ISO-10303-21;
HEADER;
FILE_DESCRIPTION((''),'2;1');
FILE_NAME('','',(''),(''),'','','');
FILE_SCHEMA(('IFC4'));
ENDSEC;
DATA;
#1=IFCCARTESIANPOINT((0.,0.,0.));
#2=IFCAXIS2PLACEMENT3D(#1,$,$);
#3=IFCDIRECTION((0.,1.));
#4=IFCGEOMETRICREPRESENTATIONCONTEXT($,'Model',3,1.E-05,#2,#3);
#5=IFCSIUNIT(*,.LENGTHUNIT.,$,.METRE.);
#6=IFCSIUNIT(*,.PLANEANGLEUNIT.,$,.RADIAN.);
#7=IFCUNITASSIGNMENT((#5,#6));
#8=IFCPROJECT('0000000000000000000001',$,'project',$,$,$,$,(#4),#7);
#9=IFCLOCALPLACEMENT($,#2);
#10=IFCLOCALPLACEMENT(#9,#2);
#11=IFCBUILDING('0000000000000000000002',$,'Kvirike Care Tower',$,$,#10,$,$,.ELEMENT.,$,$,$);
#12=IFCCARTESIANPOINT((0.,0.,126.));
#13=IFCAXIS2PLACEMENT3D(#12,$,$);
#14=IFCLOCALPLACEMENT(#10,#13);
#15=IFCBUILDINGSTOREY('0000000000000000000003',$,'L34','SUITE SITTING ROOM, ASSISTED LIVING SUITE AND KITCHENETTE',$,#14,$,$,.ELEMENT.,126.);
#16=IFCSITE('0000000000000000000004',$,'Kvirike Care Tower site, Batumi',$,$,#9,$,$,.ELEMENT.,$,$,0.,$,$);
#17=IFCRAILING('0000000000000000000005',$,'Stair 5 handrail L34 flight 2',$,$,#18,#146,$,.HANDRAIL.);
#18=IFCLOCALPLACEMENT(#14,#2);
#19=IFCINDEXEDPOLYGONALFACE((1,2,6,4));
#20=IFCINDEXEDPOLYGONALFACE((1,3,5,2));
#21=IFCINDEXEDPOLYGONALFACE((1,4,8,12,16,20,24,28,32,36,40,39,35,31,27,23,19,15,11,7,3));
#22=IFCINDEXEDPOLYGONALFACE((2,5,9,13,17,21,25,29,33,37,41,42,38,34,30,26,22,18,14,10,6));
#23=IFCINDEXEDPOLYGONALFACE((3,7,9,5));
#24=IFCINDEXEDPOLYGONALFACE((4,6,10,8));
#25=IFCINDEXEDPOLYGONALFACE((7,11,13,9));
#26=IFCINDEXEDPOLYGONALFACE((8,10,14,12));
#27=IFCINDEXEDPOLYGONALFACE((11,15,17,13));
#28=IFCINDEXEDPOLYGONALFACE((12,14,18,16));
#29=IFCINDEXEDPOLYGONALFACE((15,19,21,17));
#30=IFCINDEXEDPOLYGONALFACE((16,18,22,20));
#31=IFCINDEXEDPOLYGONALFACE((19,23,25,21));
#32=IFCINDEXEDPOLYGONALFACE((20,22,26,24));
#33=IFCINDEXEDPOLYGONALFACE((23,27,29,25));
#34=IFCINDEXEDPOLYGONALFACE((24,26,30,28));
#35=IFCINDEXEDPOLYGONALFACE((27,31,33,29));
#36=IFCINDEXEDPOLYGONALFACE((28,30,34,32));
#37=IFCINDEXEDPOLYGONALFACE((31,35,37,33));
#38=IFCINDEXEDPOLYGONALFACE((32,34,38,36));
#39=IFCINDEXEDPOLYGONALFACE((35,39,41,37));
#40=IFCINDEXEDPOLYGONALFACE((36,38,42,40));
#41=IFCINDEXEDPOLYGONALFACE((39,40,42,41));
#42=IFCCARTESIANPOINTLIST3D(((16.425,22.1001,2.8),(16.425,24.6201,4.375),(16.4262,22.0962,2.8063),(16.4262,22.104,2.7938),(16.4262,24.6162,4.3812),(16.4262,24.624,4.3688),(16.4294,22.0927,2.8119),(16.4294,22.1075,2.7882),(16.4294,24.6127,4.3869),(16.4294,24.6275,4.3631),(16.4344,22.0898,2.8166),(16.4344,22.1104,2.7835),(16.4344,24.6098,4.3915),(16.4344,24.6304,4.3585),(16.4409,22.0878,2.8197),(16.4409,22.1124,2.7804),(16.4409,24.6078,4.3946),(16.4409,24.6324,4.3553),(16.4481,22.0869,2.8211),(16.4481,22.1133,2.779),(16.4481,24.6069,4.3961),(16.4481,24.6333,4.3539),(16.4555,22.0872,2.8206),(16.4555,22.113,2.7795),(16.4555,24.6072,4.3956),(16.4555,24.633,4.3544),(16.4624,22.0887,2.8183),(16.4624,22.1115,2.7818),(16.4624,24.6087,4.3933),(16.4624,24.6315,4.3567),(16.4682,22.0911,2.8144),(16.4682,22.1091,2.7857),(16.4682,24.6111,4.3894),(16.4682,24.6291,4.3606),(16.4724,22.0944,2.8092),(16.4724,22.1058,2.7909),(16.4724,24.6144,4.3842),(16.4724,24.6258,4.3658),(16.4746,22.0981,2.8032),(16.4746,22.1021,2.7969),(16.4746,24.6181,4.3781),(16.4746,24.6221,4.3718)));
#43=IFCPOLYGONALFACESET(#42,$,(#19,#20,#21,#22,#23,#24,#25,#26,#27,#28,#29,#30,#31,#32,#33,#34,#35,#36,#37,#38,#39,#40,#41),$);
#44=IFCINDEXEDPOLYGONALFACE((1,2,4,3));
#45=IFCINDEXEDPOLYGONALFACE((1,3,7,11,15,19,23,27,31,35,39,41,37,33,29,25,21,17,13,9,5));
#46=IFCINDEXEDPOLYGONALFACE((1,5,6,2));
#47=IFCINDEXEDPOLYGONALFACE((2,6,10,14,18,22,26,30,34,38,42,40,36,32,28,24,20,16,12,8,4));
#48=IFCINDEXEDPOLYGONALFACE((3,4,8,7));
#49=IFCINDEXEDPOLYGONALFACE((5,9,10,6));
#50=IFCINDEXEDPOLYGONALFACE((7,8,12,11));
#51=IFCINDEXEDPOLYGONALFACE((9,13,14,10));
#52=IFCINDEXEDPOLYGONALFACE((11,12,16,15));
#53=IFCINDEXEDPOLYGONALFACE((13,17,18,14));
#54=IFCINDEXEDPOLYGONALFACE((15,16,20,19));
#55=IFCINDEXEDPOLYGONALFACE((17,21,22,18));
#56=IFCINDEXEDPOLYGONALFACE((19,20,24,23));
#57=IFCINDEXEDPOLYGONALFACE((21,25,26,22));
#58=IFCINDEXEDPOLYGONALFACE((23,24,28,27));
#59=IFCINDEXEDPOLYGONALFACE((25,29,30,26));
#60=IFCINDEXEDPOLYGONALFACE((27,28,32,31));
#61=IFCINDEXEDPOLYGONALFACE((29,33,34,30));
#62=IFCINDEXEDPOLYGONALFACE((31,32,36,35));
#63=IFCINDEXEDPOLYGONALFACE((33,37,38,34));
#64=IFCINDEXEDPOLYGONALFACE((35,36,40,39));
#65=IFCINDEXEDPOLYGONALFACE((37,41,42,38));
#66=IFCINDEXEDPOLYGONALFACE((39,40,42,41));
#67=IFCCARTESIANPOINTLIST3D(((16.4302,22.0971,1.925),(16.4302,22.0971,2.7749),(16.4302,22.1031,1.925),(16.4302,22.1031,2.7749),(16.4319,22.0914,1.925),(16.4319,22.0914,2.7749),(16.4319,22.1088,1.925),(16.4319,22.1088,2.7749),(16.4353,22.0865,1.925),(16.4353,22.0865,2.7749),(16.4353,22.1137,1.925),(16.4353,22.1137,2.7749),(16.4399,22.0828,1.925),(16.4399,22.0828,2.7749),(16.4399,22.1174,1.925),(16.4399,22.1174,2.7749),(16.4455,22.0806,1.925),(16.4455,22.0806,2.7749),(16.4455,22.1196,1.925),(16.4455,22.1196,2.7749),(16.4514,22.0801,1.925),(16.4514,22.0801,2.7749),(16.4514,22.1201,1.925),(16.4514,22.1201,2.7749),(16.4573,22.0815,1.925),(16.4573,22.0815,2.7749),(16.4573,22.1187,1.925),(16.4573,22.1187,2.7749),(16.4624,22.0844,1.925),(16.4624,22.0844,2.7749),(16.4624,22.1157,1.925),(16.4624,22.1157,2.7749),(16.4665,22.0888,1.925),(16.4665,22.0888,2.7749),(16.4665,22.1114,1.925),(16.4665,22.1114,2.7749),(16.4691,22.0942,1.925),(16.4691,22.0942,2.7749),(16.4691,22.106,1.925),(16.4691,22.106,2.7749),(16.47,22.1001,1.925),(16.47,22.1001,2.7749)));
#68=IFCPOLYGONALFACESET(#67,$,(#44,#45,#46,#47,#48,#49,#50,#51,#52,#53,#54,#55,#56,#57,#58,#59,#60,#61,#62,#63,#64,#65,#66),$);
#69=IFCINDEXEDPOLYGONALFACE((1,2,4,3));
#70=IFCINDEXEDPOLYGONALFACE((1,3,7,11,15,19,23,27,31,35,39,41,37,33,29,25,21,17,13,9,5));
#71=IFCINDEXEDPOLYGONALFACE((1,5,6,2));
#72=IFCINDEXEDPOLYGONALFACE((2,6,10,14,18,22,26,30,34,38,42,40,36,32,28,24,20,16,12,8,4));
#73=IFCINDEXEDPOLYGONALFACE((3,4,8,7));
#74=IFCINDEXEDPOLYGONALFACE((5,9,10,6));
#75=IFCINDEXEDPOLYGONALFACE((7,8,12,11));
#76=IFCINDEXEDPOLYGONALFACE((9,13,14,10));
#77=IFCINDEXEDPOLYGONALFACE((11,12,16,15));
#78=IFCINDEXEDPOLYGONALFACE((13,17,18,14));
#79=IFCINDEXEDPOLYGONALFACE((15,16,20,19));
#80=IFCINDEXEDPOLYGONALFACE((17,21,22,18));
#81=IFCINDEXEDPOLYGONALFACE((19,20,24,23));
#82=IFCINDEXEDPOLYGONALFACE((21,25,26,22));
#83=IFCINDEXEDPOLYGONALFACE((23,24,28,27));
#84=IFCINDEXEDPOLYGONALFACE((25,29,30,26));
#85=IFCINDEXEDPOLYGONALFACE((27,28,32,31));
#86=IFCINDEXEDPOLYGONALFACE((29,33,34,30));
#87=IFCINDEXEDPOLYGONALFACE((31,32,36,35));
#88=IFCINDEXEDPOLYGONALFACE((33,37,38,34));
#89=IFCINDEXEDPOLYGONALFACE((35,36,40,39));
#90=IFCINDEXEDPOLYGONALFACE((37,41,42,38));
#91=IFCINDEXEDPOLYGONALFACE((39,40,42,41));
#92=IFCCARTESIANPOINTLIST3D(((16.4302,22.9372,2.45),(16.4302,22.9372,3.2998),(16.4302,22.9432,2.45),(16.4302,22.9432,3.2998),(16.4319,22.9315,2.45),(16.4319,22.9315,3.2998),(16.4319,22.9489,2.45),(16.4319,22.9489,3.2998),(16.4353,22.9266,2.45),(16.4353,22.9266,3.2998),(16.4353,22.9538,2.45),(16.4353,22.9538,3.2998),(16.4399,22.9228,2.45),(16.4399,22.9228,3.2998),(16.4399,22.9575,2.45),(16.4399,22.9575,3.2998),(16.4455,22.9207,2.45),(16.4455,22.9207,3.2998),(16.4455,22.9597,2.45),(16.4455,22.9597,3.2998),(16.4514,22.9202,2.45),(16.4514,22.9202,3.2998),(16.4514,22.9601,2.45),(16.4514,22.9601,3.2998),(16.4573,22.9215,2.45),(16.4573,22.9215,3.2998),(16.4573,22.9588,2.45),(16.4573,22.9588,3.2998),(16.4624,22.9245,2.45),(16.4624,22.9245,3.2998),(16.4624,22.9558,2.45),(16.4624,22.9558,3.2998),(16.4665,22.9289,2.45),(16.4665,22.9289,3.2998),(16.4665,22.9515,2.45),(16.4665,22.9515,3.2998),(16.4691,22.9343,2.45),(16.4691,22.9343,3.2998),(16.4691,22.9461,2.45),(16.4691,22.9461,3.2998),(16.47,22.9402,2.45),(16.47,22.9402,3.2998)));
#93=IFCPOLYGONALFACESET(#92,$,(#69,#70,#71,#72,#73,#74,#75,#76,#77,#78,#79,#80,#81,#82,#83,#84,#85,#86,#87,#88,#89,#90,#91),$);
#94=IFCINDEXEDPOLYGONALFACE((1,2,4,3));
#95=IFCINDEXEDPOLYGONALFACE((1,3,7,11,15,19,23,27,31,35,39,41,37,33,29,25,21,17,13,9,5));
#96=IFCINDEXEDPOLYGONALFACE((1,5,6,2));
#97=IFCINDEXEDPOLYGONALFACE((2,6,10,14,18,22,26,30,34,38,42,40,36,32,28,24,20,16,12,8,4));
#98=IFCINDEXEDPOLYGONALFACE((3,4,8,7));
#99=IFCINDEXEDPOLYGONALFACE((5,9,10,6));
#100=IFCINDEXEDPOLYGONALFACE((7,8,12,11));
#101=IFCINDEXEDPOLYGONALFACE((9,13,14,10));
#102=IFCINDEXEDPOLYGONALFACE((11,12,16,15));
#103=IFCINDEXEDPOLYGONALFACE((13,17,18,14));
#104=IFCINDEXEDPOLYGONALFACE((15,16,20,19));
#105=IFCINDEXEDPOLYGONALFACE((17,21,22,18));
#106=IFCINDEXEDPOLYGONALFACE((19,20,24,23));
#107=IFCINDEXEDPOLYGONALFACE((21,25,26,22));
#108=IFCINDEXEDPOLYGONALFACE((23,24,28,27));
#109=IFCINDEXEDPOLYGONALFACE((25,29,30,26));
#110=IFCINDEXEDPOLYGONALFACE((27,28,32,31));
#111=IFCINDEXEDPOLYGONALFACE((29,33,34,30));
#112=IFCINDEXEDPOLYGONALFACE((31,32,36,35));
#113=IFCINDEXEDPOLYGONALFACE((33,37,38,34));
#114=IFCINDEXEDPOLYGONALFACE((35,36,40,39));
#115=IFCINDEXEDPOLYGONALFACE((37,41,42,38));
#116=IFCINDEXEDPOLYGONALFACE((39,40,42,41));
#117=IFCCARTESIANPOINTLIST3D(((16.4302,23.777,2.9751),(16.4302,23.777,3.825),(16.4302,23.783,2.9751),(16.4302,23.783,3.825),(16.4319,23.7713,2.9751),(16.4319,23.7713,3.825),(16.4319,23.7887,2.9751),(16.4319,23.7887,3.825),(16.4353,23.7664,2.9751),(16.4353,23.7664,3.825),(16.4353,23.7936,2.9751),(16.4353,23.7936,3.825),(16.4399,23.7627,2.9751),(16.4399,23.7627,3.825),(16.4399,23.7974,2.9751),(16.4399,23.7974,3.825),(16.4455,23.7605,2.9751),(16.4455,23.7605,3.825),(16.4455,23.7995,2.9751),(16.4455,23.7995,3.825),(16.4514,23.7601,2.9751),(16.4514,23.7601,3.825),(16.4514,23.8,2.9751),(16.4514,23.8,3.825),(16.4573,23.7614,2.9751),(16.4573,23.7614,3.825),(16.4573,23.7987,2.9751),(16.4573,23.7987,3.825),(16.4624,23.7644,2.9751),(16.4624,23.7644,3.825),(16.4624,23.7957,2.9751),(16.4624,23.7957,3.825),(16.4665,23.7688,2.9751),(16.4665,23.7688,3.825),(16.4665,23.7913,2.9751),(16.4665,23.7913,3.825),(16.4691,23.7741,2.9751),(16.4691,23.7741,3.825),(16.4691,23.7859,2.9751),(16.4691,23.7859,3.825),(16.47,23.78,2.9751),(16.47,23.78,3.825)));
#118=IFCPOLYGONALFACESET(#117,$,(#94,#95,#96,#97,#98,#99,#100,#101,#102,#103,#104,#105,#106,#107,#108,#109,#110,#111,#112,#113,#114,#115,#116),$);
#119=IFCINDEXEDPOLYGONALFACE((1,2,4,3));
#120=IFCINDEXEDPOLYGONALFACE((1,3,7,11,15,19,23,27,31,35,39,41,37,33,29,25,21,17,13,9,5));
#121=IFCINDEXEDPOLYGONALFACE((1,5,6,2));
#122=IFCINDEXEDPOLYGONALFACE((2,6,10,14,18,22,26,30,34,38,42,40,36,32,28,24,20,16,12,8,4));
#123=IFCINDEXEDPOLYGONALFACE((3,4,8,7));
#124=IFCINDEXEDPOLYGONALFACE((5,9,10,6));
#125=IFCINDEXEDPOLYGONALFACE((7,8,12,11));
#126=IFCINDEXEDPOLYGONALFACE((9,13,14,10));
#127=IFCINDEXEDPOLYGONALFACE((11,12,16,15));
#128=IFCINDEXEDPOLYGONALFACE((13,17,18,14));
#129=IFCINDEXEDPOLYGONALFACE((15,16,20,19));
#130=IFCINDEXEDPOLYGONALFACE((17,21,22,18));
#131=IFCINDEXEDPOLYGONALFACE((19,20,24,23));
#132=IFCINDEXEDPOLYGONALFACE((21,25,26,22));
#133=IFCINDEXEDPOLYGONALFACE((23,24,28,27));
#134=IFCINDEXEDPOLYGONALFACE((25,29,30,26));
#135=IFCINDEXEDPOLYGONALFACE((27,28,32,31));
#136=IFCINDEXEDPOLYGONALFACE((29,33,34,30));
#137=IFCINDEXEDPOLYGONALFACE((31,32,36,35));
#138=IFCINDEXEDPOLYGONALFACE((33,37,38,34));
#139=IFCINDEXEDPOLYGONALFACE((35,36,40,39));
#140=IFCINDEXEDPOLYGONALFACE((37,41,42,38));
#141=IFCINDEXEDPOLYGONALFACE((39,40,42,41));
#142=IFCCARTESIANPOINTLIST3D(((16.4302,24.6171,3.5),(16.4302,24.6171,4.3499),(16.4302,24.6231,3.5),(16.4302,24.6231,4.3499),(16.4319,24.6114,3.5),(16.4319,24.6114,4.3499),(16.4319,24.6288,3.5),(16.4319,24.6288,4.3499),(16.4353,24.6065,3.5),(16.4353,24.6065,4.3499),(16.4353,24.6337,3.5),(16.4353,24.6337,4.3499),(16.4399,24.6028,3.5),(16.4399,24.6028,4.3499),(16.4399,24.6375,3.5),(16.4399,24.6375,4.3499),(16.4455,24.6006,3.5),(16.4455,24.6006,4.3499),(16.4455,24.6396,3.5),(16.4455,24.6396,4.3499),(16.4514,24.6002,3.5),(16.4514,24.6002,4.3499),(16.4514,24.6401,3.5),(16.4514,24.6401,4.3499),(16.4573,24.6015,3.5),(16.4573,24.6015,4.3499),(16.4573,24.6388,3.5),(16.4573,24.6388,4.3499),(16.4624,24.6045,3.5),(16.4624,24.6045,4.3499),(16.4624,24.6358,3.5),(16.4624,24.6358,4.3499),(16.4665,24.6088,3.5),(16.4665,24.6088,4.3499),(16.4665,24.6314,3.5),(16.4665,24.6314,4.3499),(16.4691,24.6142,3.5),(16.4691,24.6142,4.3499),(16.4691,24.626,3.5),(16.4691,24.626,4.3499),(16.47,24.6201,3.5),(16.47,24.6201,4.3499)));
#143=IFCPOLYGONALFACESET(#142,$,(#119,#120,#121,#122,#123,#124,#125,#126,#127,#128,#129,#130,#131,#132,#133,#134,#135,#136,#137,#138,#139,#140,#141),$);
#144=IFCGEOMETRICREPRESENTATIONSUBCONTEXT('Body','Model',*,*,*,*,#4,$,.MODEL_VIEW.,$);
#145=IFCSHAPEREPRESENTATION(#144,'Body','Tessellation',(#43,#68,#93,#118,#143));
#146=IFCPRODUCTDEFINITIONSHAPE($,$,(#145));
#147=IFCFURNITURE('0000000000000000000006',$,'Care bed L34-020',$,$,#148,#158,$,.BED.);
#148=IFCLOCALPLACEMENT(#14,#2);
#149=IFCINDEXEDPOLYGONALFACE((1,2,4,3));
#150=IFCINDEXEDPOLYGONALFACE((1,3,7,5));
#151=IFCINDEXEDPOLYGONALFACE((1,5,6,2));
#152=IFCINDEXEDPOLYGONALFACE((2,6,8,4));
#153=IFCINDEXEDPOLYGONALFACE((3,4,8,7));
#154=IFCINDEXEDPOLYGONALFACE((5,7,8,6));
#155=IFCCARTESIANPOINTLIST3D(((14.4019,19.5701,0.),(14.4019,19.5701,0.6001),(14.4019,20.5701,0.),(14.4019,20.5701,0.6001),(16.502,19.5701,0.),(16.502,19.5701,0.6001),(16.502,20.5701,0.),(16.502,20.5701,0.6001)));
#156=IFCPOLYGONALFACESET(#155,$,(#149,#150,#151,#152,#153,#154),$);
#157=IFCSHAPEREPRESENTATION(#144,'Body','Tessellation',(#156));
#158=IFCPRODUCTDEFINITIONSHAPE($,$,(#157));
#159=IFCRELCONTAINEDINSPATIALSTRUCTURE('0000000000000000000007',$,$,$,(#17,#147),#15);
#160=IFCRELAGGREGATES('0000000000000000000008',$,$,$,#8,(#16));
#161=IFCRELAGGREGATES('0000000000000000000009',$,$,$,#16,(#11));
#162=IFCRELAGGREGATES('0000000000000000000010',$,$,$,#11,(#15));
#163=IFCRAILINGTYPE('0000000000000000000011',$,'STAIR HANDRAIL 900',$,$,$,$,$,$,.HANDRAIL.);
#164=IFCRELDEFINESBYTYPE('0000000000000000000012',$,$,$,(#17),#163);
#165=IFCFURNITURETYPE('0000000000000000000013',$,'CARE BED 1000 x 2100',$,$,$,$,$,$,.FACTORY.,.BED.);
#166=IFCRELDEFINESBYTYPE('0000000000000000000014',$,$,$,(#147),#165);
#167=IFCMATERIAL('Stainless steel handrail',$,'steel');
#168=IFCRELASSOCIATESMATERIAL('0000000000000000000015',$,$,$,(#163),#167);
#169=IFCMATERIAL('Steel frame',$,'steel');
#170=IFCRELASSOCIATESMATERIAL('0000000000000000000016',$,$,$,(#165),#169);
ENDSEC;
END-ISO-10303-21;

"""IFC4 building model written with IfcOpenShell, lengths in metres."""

from ifc_helpers import new_model, si_unit, direction, frame, origin, origin_2d, place, context, subcontext, project, spatial, rectangle, circle, extrude, material, type_object, element, save


model = new_model("IFC4")

# Units and contexts
model_context = context("Model", 3, precision=1e-05, world=origin(), true_north=direction((0.0, 1.0)))
body_context = subcontext(model_context, "Body", "Model", "MODEL_VIEW")
ifc_project = project(units=[si_unit("LENGTHUNIT", "METRE"), si_unit("PLANEANGLEUNIT", "RADIAN")], contexts=[model_context])

# Site, building, storey
site_placement = place(None, origin())
site = spatial("IfcSite", under=ifc_project, at=site_placement, Name="Kvirike Care Tower site, Batumi", CompositionType="ELEMENT", RefElevation=0.0)
building_placement = place(site_placement, origin())
building = spatial("IfcBuilding", under=site, at=building_placement, Name="Kvirike Care Tower", CompositionType="ELEMENT")
storey_placement = place(building_placement, frame((0.0, 0.0, 126.0)))
storey = spatial("IfcBuildingStorey", under=building, at=storey_placement, Name="L34", Description="SUITE SITTING ROOM, ASSISTED LIVING SUITE AND KITCHENETTE", CompositionType="ELEMENT", Elevation=126.0)

# Railing
ifc_material_1 = material(Name="Stainless steel handrail", Category="steel")
railing_type = type_object("IfcRailingType", Name="STAIR HANDRAIL 900", PredefinedType="HANDRAIL", material=ifc_material_1)
railing_placement = place(storey_placement, frame((16.45, 22.1001, 1.925)))
element("IfcRailing", 1, at=railing_placement, inside=storey, type_object=railing_type, Name="Stair 5 handrail L34 flight 2", PredefinedType="HANDRAIL", context=body_context, shape_type="SweptSolid", body=[
    extrude(circle(Radius=0.0249, at=origin_2d()), frame((0.0, 0.0, 0.875), z_axis=(0.0, 0.848008, 0.529984), x_axis=(-1.0, 0.0, 0.0)), (0.0, 0.0, 1.0), 2.9717),
    extrude(circle(Radius=0.02, at=origin_2d()), origin(), (0.0, 0.0, 1.0), 0.8499),
    extrude(circle(Radius=0.02, at=origin_2d()), frame((0.0, 0.8401, 0.5249)), (0.0, 0.0, 1.0), 0.8499),
    extrude(circle(Radius=0.02, at=origin_2d()), frame((0.0, 1.6799, 1.05)), (0.0, 0.0, 1.0), 0.8499),
    extrude(circle(Radius=0.02, at=origin_2d()), frame((0.0, 2.52, 1.575)), (0.0, 0.0, 1.0), 0.8499),
])

# Furniture
ifc_material_2 = material(Name="Steel frame", Category="steel")
furniture_type = type_object("IfcFurnitureType", Name="CARE BED 1000 x 2100", AssemblyPlace="FACTORY", PredefinedType="BED", material=ifc_material_2)
furniture_placement = place(storey_placement, frame((15.4519, 20.0701, 0.0), z_axis=(0.0, 0.0, 1.0), x_axis=(0.0, 1.0, 0.0)))
element("IfcFurniture", 2, at=furniture_placement, inside=storey, type_object=furniture_type, Name="Care bed L34-020", PredefinedType="BED", context=body_context, shape_type="SweptSolid", body=[
    extrude(rectangle(XDim=1.0, YDim=2.1001, at=origin_2d()), origin(), (0.0, 0.0, 1.0), 0.6001),
])

save(model, "model.ifc")
